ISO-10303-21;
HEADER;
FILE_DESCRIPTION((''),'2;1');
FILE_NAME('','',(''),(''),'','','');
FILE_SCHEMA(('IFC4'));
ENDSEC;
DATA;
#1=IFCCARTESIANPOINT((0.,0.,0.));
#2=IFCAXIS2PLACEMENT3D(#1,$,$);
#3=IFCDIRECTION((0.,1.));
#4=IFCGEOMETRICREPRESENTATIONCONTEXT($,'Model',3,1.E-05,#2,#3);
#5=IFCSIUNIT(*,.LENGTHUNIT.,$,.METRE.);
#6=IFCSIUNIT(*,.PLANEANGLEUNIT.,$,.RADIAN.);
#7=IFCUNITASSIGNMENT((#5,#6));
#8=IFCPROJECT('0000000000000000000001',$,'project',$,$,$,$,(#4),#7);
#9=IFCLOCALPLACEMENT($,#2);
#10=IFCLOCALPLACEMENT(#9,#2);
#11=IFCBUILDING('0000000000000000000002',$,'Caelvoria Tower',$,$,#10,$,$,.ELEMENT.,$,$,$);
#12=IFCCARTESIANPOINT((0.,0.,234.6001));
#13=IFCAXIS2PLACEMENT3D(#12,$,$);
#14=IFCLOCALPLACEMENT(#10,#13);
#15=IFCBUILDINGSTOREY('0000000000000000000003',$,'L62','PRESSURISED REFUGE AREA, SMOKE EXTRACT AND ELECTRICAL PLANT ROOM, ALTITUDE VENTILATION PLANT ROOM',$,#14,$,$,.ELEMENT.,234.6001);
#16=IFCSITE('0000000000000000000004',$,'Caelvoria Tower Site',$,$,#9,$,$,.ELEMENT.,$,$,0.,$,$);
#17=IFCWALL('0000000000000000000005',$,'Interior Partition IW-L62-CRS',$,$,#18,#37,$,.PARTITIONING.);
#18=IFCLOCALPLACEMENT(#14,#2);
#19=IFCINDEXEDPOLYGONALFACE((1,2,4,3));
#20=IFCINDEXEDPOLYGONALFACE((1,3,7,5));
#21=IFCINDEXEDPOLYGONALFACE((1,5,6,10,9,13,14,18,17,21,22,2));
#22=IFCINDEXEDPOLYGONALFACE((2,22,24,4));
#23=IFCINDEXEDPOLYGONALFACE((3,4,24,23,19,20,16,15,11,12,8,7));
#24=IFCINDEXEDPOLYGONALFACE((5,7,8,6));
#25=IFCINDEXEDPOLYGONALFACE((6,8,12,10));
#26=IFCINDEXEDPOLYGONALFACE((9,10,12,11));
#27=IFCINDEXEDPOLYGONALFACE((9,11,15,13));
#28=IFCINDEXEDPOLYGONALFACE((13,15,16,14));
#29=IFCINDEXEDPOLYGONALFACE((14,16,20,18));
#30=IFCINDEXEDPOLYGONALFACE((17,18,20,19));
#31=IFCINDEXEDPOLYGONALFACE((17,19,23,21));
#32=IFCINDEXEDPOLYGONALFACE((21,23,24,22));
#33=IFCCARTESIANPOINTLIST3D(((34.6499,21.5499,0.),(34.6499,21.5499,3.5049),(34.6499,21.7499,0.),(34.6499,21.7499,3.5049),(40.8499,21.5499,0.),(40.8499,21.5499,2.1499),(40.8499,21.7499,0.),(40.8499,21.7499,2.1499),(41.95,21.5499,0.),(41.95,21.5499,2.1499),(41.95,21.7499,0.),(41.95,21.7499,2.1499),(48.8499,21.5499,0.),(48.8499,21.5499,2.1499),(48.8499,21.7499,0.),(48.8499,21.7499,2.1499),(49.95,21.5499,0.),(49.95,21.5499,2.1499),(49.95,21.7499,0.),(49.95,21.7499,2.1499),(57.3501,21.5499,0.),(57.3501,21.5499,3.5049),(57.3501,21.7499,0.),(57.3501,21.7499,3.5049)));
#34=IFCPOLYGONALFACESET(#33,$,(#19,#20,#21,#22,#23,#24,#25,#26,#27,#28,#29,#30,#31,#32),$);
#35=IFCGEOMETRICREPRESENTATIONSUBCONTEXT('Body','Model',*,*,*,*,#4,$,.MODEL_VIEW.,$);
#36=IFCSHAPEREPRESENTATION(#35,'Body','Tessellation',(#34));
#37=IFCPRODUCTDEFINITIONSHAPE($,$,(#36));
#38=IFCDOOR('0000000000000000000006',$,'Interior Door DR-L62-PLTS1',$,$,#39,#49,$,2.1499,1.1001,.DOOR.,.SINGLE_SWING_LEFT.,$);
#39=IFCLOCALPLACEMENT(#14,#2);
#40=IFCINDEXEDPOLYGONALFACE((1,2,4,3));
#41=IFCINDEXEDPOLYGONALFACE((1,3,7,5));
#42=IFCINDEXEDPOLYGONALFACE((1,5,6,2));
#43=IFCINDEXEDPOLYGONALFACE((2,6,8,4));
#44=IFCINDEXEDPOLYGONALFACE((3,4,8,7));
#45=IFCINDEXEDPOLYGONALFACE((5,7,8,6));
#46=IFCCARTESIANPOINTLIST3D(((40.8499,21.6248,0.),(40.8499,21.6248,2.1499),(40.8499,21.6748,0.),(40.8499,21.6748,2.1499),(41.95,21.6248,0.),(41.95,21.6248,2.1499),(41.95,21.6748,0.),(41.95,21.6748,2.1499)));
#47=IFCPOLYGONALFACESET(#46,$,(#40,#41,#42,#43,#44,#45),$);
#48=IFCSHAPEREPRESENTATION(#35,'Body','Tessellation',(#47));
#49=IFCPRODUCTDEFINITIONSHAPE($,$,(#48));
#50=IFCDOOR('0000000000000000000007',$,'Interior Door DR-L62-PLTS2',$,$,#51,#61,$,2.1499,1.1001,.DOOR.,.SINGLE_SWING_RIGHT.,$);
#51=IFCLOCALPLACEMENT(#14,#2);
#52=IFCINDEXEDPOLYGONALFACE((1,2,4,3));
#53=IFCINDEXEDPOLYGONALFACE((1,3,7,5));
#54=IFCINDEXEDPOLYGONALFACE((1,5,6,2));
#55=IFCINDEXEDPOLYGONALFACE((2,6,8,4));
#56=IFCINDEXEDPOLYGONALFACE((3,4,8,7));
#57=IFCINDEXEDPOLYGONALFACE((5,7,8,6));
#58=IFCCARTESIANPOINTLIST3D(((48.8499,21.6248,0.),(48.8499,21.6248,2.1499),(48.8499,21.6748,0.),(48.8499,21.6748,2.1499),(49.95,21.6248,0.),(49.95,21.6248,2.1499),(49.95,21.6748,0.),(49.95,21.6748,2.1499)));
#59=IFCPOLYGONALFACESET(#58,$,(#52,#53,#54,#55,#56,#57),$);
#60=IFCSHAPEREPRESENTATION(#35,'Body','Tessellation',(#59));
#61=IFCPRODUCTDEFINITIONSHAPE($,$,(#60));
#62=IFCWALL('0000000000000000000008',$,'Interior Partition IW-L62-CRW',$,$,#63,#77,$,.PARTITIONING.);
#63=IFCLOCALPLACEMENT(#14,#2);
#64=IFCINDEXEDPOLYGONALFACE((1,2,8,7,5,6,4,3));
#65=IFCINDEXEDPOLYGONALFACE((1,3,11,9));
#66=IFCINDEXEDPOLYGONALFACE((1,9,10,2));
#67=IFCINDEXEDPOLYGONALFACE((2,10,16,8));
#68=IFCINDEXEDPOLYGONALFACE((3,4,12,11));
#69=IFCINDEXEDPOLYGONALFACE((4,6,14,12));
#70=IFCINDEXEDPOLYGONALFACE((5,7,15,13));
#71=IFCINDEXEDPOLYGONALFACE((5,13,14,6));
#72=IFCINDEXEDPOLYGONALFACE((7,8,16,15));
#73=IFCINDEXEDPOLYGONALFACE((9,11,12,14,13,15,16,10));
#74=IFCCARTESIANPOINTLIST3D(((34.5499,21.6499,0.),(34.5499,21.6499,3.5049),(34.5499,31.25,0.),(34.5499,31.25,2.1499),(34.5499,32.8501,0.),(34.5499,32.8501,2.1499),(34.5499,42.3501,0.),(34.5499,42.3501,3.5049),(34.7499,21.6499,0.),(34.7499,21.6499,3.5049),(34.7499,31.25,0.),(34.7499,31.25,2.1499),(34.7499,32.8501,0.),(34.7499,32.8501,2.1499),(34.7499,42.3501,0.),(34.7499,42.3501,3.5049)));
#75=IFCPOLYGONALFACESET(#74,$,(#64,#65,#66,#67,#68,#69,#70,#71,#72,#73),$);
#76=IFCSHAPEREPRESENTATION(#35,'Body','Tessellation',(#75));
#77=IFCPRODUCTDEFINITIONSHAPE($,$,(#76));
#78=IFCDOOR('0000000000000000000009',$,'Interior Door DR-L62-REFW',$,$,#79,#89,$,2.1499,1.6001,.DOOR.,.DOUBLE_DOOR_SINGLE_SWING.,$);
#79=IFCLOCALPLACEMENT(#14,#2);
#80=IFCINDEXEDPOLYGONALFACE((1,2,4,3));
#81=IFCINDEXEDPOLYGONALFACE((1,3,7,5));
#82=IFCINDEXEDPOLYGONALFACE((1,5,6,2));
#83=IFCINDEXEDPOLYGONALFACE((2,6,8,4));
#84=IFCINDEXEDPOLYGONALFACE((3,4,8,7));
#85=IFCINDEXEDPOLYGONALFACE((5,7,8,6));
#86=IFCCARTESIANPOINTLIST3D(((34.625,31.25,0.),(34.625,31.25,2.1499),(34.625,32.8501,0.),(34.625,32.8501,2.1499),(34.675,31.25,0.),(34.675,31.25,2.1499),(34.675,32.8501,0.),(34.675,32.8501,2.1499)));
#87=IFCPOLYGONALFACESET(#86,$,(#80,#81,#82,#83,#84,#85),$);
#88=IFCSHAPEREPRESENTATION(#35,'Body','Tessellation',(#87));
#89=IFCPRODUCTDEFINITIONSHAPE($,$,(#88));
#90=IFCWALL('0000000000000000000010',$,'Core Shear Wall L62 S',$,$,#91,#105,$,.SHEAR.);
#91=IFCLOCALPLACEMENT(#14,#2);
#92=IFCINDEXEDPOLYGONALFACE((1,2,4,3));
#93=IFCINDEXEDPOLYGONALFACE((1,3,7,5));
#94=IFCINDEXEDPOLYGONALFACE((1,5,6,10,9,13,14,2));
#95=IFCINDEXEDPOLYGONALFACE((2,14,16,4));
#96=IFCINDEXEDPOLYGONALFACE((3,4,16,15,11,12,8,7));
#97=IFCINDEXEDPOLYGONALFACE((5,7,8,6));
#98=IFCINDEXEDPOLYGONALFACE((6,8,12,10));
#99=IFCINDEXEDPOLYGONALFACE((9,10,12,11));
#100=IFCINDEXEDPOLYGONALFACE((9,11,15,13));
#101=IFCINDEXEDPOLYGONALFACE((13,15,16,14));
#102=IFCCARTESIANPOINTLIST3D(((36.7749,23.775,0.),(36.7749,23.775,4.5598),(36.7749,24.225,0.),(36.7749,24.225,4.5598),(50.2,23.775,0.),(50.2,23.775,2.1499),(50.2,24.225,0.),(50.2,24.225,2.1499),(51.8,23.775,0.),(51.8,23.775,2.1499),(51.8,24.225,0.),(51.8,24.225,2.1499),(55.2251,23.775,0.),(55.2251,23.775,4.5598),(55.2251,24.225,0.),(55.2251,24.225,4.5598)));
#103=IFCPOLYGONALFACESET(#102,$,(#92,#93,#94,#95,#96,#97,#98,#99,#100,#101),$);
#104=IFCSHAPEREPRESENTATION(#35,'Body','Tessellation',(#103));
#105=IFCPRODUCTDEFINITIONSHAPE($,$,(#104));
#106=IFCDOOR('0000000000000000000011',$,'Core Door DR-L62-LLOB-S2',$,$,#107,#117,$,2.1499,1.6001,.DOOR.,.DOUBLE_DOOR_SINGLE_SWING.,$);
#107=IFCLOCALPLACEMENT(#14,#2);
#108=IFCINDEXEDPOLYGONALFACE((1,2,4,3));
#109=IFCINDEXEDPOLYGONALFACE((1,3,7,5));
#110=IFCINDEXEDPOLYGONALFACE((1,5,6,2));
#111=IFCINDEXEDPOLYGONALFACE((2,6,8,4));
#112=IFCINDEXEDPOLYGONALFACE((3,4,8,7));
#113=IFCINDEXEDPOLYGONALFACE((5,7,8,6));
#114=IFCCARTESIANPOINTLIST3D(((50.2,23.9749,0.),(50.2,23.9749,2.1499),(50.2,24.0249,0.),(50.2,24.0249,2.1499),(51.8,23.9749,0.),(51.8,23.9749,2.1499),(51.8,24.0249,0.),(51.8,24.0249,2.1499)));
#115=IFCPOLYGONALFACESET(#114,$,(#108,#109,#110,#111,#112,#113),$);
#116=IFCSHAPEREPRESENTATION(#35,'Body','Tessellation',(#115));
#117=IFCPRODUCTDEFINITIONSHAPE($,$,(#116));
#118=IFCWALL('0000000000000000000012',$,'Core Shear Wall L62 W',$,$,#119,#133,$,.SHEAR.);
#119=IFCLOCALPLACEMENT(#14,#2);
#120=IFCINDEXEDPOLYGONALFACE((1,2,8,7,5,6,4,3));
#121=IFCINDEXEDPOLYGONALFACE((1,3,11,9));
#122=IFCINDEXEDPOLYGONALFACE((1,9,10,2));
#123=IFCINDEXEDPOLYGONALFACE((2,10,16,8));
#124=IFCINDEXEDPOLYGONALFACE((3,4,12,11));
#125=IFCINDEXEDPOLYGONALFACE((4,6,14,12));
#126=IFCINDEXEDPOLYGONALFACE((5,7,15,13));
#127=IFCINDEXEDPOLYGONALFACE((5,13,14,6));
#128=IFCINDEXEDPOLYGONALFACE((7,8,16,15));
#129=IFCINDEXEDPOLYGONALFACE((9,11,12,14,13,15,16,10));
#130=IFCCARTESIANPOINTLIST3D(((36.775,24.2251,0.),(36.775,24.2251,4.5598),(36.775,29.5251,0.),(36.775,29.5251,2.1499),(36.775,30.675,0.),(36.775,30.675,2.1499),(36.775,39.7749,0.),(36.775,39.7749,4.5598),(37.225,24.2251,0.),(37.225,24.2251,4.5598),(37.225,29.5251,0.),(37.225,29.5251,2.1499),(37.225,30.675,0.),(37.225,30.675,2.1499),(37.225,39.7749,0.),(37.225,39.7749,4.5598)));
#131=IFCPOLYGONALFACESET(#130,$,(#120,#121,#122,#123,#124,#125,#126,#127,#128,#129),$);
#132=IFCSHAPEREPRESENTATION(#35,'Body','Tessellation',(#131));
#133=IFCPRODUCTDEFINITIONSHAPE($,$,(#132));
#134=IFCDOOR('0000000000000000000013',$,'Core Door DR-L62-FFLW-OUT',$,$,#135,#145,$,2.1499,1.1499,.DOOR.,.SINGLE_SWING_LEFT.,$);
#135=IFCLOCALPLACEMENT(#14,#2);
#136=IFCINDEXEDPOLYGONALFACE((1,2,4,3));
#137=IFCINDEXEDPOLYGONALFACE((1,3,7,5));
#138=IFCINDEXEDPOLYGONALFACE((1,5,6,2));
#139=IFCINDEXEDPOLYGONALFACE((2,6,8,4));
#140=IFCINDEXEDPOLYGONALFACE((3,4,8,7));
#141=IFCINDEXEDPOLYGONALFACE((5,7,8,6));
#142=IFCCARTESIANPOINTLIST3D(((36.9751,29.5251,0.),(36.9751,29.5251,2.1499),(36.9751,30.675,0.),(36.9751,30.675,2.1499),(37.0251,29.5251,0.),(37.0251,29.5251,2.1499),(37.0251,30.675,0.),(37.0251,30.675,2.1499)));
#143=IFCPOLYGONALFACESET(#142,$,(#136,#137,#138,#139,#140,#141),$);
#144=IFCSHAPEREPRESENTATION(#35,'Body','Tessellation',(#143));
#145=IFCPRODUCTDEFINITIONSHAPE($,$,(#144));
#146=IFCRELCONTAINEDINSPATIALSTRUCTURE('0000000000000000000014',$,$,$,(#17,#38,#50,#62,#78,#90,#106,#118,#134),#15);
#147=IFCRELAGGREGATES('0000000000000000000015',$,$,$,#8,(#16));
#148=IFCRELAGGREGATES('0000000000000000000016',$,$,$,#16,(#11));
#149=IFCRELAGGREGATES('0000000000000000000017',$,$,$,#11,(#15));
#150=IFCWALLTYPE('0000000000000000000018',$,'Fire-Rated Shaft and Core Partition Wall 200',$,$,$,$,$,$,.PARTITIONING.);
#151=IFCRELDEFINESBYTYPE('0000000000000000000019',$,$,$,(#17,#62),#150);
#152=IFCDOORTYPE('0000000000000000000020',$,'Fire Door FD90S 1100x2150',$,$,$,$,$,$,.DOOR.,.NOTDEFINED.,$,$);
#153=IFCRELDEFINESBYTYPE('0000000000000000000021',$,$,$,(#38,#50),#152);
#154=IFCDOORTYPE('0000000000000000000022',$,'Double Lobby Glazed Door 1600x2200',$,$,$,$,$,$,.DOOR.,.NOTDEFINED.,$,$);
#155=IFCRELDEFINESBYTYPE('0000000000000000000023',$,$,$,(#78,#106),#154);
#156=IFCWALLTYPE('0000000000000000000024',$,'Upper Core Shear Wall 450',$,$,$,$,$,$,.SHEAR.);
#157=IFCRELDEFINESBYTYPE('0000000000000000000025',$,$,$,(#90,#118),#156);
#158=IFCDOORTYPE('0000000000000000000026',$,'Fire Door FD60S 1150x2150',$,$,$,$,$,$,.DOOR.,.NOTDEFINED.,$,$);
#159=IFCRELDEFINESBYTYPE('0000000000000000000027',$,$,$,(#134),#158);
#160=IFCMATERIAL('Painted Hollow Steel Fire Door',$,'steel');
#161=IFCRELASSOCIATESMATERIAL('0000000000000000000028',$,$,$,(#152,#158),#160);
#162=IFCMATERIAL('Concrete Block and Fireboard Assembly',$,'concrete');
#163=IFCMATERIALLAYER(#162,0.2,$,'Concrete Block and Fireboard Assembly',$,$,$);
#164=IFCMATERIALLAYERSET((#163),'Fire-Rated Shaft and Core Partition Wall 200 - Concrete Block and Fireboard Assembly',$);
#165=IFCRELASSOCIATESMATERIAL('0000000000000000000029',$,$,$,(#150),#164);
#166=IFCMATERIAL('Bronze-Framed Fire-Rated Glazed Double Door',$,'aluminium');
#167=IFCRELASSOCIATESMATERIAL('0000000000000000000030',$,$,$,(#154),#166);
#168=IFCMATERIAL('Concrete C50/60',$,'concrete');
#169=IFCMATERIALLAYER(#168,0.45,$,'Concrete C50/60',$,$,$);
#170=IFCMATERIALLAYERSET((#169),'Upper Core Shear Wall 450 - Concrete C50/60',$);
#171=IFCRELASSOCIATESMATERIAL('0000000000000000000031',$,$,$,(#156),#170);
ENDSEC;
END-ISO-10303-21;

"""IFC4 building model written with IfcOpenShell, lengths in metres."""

from ifc_helpers import new_model, si_unit, direction, frame, frame_2d, origin, place, context, subcontext, project, spatial, rectangle, extrude, material, layer, layer_set, type_object, element, fill, save


model = new_model("IFC4")

# Units and contexts
model_context = context("Model", 3, precision=1e-05, world=origin(), true_north=direction((0.0, 1.0)))
body_context = subcontext(model_context, "Body", "Model", "MODEL_VIEW")
ifc_project = project(units=[si_unit("LENGTHUNIT", "METRE"), si_unit("PLANEANGLEUNIT", "RADIAN")], contexts=[model_context])

# Site, building, storey
site_placement = place(None, origin())
site = spatial("IfcSite", under=ifc_project, at=site_placement, Name="Caelvoria Tower Site", CompositionType="ELEMENT", RefElevation=0.0)
building_placement = place(site_placement, origin())
building = spatial("IfcBuilding", under=site, at=building_placement, Name="Caelvoria Tower", CompositionType="ELEMENT")
storey_placement = place(building_placement, frame((0.0, 0.0, 234.6001)))
storey = spatial("IfcBuildingStorey", under=building, at=storey_placement, Name="L62", Description="PRESSURISED REFUGE AREA, SMOKE EXTRACT AND ELECTRICAL PLANT ROOM, ALTITUDE VENTILATION PLANT ROOM", CompositionType="ELEMENT", Elevation=234.6001)

# Shared definitions
ifc_material_1 = material(Name="Concrete C50/60", Category="concrete")
ifc_material_2 = material(Name="Painted Hollow Steel Fire Door", Category="steel")
door_type_1 = type_object("IfcDoorType", Name="Fire Door FD90S 1100x2150", OperationType="NOTDEFINED", PredefinedType="DOOR", material=ifc_material_2)

# Shared definitions
ifc_material_3 = material(Name="Concrete Block and Fireboard Assembly", Category="concrete")
ifc_layer_1 = layer(ifc_material_3, 0.2, Name="Concrete Block and Fireboard Assembly")
ifc_layer_set_1 = layer_set([ifc_layer_1], Name="Fire-Rated Shaft and Core Partition Wall 200 - Concrete Block and Fireboard Assembly")
wall_type_1 = type_object("IfcWallType", Name="Fire-Rated Shaft and Core Partition Wall 200", PredefinedType="PARTITIONING", material=ifc_layer_set_1)

# Wall, openings, doors
wall_1_placement = place(storey_placement, frame((34.6499, 21.6499, 0.0), z_axis=(0.0, 0.0, 1.0), x_axis=(1.0, 0.0, 0.0)))
wall_1 = element("IfcWall", 1, at=wall_1_placement, inside=storey, type_object=wall_type_1, Name="Interior Partition IW-L62-CRS", PredefinedType="PARTITIONING", context=body_context, shape_type="SweptSolid", body=[
    extrude(rectangle(XDim=22.7002, YDim=0.2, at=frame_2d((11.3501, 0.0))), origin(), (0.0, 0.0, 1.0), 3.5049),
])
opening_1_placement = place(wall_1_placement, frame((6.2, 0.0, 0.0)))
opening_1 = element("IfcOpeningElement", 2, at=opening_1_placement, cuts=wall_1, PredefinedType="OPENING", context=body_context, shape_type="SweptSolid", body=[
    extrude(rectangle(XDim=1.1001, YDim=2.1499, at=frame_2d((0.55, 1.075))), frame((0.0, 0.1099, 0.0), z_axis=(0.0, -1.0, 0.0), x_axis=(1.0, 0.0, 0.0)), (0.0, 0.0, 1.0), 0.22),
])
opening_2_placement = place(wall_1_placement, frame((14.2, 0.0, 0.0)))
opening_2 = element("IfcOpeningElement", 3, at=opening_2_placement, cuts=wall_1, PredefinedType="OPENING", context=body_context, shape_type="SweptSolid", body=[
    extrude(rectangle(XDim=1.1001, YDim=2.1499, at=frame_2d((0.55, 1.075))), frame((0.0, 0.1099, 0.0), z_axis=(0.0, -1.0, 0.0), x_axis=(1.0, 0.0, 0.0)), (0.0, 0.0, 1.0), 0.22),
])
door_1_placement = place(opening_1_placement, origin())
door_1 = element("IfcDoor", 4, at=door_1_placement, inside=storey, type_object=door_type_1, Name="Interior Door DR-L62-PLTS1", OperationType="SINGLE_SWING_LEFT", OverallHeight=2.1499, OverallWidth=1.1001, PredefinedType="DOOR", context=body_context, shape_type="SweptSolid", body=[
    extrude(rectangle(XDim=1.1001, YDim=2.1499, at=frame_2d((0.55, 1.075))), frame((0.0, 0.0249, 0.0), z_axis=(0.0, -1.0, 0.0), x_axis=(1.0, 0.0, 0.0)), (0.0, 0.0, 1.0), 0.05),
])
fill(opening_1, door_1)
door_2_placement = place(opening_2_placement, origin())
door_2 = element("IfcDoor", 5, at=door_2_placement, inside=storey, type_object=door_type_1, Name="Interior Door DR-L62-PLTS2", OperationType="SINGLE_SWING_RIGHT", OverallHeight=2.1499, OverallWidth=1.1001, PredefinedType="DOOR", context=body_context, shape_type="SweptSolid", body=[
    extrude(rectangle(XDim=1.1001, YDim=2.1499, at=frame_2d((0.55, 1.075))), frame((0.0, 0.0249, 0.0), z_axis=(0.0, -1.0, 0.0), x_axis=(1.0, 0.0, 0.0)), (0.0, 0.0, 1.0), 0.05),
])
fill(opening_2, door_2)

# Walls, openings, doors
wall_2_placement = place(storey_placement, frame((34.6499, 21.6499, 0.0), z_axis=(0.0, 0.0, 1.0), x_axis=(0.0, 1.0, 0.0)))
wall_2 = element("IfcWall", 6, at=wall_2_placement, inside=storey, type_object=wall_type_1, Name="Interior Partition IW-L62-CRW", PredefinedType="PARTITIONING", context=body_context, shape_type="SweptSolid", body=[
    extrude(rectangle(XDim=20.7002, YDim=0.2, at=frame_2d((10.3501, 0.0))), origin(), (0.0, 0.0, 1.0), 3.5049),
])
opening_3_placement = place(wall_2_placement, frame((9.6001, 0.0, 0.0)))
opening_3 = element("IfcOpeningElement", 7, at=opening_3_placement, cuts=wall_2, PredefinedType="OPENING", context=body_context, shape_type="SweptSolid", body=[
    extrude(rectangle(XDim=1.6001, YDim=2.1499, at=frame_2d((0.8, 1.075))), frame((0.0, 0.1099, 0.0), z_axis=(0.0, -1.0, 0.0), x_axis=(1.0, 0.0, 0.0)), (0.0, 0.0, 1.0), 0.22),
])
ifc_material_4 = material(Name="Bronze-Framed Fire-Rated Glazed Double Door", Category="aluminium")
door_type_2 = type_object("IfcDoorType", Name="Double Lobby Glazed Door 1600x2200", OperationType="NOTDEFINED", PredefinedType="DOOR", material=ifc_material_4)
door_3_placement = place(opening_3_placement, origin())
door_3 = element("IfcDoor", 8, at=door_3_placement, inside=storey, type_object=door_type_2, Name="Interior Door DR-L62-REFW", OperationType="DOUBLE_DOOR_SINGLE_SWING", OverallHeight=2.1499, OverallWidth=1.6001, PredefinedType="DOOR", context=body_context, shape_type="SweptSolid", body=[
    extrude(rectangle(XDim=1.6001, YDim=2.1499, at=frame_2d((0.8, 1.075))), frame((0.0, 0.0249, 0.0), z_axis=(0.0, -1.0, 0.0), x_axis=(1.0, 0.0, 0.0)), (0.0, 0.0, 1.0), 0.05),
])
fill(opening_3, door_3)
ifc_layer_2 = layer(ifc_material_1, 0.45, Name="Concrete C50/60")
ifc_layer_set_2 = layer_set([ifc_layer_2], Name="Upper Core Shear Wall 450 - Concrete C50/60")
wall_type_2 = type_object("IfcWallType", Name="Upper Core Shear Wall 450", PredefinedType="SHEAR", material=ifc_layer_set_2)
wall_3_placement = place(storey_placement, frame((36.7749, 24.0, 0.0), z_axis=(0.0, 0.0, 1.0), x_axis=(1.0, 0.0, 0.0)))
wall_3 = element("IfcWall", 9, at=wall_3_placement, inside=storey, type_object=wall_type_2, Name="Core Shear Wall L62 S", PredefinedType="SHEAR", context=body_context, shape_type="SweptSolid", body=[
    extrude(rectangle(XDim=18.4502, YDim=0.45, at=frame_2d((9.2251, 0.0))), origin(), (0.0, 0.0, 1.0), 4.5598),
])
opening_4_placement = place(wall_3_placement, frame((13.425, 0.0, 0.0)))
opening_4 = element("IfcOpeningElement", 10, at=opening_4_placement, cuts=wall_3, PredefinedType="OPENING", context=body_context, shape_type="SweptSolid", body=[
    extrude(rectangle(XDim=1.6001, YDim=2.1499, at=frame_2d((0.8, 1.075))), frame((0.0, 0.2349, 0.0), z_axis=(0.0, -1.0, 0.0), x_axis=(1.0, 0.0, 0.0)), (0.0, 0.0, 1.0), 0.47),
])
door_4_placement = place(opening_4_placement, origin())
door_4 = element("IfcDoor", 11, at=door_4_placement, inside=storey, type_object=door_type_2, Name="Core Door DR-L62-LLOB-S2", OperationType="DOUBLE_DOOR_SINGLE_SWING", OverallHeight=2.1499, OverallWidth=1.6001, PredefinedType="DOOR", context=body_context, shape_type="SweptSolid", body=[
    extrude(rectangle(XDim=1.6001, YDim=2.1499, at=frame_2d((0.8, 1.075))), frame((0.0, 0.0249, 0.0), z_axis=(0.0, -1.0, 0.0), x_axis=(1.0, 0.0, 0.0)), (0.0, 0.0, 1.0), 0.05),
])
fill(opening_4, door_4)
wall_4_placement = place(storey_placement, frame((37.0, 24.2251, 0.0), z_axis=(0.0, 0.0, 1.0), x_axis=(0.0, 1.0, 0.0)))
wall_4 = element("IfcWall", 12, at=wall_4_placement, inside=storey, type_object=wall_type_2, Name="Core Shear Wall L62 W", PredefinedType="SHEAR", context=body_context, shape_type="SweptSolid", body=[
    extrude(rectangle(XDim=15.5498, YDim=0.45, at=frame_2d((7.7749, 0.0))), origin(), (0.0, 0.0, 1.0), 4.5598),
])
opening_5_placement = place(wall_4_placement, frame((5.3, 0.0, 0.0)))
opening_5 = element("IfcOpeningElement", 13, at=opening_5_placement, cuts=wall_4, PredefinedType="OPENING", context=body_context, shape_type="SweptSolid", body=[
    extrude(rectangle(XDim=1.1499, YDim=2.1499, at=frame_2d((0.575, 1.075))), frame((0.0, 0.2349, 0.0), z_axis=(0.0, -1.0, 0.0), x_axis=(1.0, 0.0, 0.0)), (0.0, 0.0, 1.0), 0.47),
])
door_type_3 = type_object("IfcDoorType", Name="Fire Door FD60S 1150x2150", OperationType="NOTDEFINED", PredefinedType="DOOR", material=ifc_material_2)
door_5_placement = place(opening_5_placement, origin())
door_5 = element("IfcDoor", 14, at=door_5_placement, inside=storey, type_object=door_type_3, Name="Core Door DR-L62-FFLW-OUT", OperationType="SINGLE_SWING_LEFT", OverallHeight=2.1499, OverallWidth=1.1499, PredefinedType="DOOR", context=body_context, shape_type="SweptSolid", body=[
    extrude(rectangle(XDim=1.1499, YDim=2.1499, at=frame_2d((0.575, 1.075))), frame((0.0, 0.0249, 0.0), z_axis=(0.0, -1.0, 0.0), x_axis=(1.0, 0.0, 0.0)), (0.0, 0.0, 1.0), 0.05),
])
fill(opening_5, door_5)

save(model, "model.ifc")
